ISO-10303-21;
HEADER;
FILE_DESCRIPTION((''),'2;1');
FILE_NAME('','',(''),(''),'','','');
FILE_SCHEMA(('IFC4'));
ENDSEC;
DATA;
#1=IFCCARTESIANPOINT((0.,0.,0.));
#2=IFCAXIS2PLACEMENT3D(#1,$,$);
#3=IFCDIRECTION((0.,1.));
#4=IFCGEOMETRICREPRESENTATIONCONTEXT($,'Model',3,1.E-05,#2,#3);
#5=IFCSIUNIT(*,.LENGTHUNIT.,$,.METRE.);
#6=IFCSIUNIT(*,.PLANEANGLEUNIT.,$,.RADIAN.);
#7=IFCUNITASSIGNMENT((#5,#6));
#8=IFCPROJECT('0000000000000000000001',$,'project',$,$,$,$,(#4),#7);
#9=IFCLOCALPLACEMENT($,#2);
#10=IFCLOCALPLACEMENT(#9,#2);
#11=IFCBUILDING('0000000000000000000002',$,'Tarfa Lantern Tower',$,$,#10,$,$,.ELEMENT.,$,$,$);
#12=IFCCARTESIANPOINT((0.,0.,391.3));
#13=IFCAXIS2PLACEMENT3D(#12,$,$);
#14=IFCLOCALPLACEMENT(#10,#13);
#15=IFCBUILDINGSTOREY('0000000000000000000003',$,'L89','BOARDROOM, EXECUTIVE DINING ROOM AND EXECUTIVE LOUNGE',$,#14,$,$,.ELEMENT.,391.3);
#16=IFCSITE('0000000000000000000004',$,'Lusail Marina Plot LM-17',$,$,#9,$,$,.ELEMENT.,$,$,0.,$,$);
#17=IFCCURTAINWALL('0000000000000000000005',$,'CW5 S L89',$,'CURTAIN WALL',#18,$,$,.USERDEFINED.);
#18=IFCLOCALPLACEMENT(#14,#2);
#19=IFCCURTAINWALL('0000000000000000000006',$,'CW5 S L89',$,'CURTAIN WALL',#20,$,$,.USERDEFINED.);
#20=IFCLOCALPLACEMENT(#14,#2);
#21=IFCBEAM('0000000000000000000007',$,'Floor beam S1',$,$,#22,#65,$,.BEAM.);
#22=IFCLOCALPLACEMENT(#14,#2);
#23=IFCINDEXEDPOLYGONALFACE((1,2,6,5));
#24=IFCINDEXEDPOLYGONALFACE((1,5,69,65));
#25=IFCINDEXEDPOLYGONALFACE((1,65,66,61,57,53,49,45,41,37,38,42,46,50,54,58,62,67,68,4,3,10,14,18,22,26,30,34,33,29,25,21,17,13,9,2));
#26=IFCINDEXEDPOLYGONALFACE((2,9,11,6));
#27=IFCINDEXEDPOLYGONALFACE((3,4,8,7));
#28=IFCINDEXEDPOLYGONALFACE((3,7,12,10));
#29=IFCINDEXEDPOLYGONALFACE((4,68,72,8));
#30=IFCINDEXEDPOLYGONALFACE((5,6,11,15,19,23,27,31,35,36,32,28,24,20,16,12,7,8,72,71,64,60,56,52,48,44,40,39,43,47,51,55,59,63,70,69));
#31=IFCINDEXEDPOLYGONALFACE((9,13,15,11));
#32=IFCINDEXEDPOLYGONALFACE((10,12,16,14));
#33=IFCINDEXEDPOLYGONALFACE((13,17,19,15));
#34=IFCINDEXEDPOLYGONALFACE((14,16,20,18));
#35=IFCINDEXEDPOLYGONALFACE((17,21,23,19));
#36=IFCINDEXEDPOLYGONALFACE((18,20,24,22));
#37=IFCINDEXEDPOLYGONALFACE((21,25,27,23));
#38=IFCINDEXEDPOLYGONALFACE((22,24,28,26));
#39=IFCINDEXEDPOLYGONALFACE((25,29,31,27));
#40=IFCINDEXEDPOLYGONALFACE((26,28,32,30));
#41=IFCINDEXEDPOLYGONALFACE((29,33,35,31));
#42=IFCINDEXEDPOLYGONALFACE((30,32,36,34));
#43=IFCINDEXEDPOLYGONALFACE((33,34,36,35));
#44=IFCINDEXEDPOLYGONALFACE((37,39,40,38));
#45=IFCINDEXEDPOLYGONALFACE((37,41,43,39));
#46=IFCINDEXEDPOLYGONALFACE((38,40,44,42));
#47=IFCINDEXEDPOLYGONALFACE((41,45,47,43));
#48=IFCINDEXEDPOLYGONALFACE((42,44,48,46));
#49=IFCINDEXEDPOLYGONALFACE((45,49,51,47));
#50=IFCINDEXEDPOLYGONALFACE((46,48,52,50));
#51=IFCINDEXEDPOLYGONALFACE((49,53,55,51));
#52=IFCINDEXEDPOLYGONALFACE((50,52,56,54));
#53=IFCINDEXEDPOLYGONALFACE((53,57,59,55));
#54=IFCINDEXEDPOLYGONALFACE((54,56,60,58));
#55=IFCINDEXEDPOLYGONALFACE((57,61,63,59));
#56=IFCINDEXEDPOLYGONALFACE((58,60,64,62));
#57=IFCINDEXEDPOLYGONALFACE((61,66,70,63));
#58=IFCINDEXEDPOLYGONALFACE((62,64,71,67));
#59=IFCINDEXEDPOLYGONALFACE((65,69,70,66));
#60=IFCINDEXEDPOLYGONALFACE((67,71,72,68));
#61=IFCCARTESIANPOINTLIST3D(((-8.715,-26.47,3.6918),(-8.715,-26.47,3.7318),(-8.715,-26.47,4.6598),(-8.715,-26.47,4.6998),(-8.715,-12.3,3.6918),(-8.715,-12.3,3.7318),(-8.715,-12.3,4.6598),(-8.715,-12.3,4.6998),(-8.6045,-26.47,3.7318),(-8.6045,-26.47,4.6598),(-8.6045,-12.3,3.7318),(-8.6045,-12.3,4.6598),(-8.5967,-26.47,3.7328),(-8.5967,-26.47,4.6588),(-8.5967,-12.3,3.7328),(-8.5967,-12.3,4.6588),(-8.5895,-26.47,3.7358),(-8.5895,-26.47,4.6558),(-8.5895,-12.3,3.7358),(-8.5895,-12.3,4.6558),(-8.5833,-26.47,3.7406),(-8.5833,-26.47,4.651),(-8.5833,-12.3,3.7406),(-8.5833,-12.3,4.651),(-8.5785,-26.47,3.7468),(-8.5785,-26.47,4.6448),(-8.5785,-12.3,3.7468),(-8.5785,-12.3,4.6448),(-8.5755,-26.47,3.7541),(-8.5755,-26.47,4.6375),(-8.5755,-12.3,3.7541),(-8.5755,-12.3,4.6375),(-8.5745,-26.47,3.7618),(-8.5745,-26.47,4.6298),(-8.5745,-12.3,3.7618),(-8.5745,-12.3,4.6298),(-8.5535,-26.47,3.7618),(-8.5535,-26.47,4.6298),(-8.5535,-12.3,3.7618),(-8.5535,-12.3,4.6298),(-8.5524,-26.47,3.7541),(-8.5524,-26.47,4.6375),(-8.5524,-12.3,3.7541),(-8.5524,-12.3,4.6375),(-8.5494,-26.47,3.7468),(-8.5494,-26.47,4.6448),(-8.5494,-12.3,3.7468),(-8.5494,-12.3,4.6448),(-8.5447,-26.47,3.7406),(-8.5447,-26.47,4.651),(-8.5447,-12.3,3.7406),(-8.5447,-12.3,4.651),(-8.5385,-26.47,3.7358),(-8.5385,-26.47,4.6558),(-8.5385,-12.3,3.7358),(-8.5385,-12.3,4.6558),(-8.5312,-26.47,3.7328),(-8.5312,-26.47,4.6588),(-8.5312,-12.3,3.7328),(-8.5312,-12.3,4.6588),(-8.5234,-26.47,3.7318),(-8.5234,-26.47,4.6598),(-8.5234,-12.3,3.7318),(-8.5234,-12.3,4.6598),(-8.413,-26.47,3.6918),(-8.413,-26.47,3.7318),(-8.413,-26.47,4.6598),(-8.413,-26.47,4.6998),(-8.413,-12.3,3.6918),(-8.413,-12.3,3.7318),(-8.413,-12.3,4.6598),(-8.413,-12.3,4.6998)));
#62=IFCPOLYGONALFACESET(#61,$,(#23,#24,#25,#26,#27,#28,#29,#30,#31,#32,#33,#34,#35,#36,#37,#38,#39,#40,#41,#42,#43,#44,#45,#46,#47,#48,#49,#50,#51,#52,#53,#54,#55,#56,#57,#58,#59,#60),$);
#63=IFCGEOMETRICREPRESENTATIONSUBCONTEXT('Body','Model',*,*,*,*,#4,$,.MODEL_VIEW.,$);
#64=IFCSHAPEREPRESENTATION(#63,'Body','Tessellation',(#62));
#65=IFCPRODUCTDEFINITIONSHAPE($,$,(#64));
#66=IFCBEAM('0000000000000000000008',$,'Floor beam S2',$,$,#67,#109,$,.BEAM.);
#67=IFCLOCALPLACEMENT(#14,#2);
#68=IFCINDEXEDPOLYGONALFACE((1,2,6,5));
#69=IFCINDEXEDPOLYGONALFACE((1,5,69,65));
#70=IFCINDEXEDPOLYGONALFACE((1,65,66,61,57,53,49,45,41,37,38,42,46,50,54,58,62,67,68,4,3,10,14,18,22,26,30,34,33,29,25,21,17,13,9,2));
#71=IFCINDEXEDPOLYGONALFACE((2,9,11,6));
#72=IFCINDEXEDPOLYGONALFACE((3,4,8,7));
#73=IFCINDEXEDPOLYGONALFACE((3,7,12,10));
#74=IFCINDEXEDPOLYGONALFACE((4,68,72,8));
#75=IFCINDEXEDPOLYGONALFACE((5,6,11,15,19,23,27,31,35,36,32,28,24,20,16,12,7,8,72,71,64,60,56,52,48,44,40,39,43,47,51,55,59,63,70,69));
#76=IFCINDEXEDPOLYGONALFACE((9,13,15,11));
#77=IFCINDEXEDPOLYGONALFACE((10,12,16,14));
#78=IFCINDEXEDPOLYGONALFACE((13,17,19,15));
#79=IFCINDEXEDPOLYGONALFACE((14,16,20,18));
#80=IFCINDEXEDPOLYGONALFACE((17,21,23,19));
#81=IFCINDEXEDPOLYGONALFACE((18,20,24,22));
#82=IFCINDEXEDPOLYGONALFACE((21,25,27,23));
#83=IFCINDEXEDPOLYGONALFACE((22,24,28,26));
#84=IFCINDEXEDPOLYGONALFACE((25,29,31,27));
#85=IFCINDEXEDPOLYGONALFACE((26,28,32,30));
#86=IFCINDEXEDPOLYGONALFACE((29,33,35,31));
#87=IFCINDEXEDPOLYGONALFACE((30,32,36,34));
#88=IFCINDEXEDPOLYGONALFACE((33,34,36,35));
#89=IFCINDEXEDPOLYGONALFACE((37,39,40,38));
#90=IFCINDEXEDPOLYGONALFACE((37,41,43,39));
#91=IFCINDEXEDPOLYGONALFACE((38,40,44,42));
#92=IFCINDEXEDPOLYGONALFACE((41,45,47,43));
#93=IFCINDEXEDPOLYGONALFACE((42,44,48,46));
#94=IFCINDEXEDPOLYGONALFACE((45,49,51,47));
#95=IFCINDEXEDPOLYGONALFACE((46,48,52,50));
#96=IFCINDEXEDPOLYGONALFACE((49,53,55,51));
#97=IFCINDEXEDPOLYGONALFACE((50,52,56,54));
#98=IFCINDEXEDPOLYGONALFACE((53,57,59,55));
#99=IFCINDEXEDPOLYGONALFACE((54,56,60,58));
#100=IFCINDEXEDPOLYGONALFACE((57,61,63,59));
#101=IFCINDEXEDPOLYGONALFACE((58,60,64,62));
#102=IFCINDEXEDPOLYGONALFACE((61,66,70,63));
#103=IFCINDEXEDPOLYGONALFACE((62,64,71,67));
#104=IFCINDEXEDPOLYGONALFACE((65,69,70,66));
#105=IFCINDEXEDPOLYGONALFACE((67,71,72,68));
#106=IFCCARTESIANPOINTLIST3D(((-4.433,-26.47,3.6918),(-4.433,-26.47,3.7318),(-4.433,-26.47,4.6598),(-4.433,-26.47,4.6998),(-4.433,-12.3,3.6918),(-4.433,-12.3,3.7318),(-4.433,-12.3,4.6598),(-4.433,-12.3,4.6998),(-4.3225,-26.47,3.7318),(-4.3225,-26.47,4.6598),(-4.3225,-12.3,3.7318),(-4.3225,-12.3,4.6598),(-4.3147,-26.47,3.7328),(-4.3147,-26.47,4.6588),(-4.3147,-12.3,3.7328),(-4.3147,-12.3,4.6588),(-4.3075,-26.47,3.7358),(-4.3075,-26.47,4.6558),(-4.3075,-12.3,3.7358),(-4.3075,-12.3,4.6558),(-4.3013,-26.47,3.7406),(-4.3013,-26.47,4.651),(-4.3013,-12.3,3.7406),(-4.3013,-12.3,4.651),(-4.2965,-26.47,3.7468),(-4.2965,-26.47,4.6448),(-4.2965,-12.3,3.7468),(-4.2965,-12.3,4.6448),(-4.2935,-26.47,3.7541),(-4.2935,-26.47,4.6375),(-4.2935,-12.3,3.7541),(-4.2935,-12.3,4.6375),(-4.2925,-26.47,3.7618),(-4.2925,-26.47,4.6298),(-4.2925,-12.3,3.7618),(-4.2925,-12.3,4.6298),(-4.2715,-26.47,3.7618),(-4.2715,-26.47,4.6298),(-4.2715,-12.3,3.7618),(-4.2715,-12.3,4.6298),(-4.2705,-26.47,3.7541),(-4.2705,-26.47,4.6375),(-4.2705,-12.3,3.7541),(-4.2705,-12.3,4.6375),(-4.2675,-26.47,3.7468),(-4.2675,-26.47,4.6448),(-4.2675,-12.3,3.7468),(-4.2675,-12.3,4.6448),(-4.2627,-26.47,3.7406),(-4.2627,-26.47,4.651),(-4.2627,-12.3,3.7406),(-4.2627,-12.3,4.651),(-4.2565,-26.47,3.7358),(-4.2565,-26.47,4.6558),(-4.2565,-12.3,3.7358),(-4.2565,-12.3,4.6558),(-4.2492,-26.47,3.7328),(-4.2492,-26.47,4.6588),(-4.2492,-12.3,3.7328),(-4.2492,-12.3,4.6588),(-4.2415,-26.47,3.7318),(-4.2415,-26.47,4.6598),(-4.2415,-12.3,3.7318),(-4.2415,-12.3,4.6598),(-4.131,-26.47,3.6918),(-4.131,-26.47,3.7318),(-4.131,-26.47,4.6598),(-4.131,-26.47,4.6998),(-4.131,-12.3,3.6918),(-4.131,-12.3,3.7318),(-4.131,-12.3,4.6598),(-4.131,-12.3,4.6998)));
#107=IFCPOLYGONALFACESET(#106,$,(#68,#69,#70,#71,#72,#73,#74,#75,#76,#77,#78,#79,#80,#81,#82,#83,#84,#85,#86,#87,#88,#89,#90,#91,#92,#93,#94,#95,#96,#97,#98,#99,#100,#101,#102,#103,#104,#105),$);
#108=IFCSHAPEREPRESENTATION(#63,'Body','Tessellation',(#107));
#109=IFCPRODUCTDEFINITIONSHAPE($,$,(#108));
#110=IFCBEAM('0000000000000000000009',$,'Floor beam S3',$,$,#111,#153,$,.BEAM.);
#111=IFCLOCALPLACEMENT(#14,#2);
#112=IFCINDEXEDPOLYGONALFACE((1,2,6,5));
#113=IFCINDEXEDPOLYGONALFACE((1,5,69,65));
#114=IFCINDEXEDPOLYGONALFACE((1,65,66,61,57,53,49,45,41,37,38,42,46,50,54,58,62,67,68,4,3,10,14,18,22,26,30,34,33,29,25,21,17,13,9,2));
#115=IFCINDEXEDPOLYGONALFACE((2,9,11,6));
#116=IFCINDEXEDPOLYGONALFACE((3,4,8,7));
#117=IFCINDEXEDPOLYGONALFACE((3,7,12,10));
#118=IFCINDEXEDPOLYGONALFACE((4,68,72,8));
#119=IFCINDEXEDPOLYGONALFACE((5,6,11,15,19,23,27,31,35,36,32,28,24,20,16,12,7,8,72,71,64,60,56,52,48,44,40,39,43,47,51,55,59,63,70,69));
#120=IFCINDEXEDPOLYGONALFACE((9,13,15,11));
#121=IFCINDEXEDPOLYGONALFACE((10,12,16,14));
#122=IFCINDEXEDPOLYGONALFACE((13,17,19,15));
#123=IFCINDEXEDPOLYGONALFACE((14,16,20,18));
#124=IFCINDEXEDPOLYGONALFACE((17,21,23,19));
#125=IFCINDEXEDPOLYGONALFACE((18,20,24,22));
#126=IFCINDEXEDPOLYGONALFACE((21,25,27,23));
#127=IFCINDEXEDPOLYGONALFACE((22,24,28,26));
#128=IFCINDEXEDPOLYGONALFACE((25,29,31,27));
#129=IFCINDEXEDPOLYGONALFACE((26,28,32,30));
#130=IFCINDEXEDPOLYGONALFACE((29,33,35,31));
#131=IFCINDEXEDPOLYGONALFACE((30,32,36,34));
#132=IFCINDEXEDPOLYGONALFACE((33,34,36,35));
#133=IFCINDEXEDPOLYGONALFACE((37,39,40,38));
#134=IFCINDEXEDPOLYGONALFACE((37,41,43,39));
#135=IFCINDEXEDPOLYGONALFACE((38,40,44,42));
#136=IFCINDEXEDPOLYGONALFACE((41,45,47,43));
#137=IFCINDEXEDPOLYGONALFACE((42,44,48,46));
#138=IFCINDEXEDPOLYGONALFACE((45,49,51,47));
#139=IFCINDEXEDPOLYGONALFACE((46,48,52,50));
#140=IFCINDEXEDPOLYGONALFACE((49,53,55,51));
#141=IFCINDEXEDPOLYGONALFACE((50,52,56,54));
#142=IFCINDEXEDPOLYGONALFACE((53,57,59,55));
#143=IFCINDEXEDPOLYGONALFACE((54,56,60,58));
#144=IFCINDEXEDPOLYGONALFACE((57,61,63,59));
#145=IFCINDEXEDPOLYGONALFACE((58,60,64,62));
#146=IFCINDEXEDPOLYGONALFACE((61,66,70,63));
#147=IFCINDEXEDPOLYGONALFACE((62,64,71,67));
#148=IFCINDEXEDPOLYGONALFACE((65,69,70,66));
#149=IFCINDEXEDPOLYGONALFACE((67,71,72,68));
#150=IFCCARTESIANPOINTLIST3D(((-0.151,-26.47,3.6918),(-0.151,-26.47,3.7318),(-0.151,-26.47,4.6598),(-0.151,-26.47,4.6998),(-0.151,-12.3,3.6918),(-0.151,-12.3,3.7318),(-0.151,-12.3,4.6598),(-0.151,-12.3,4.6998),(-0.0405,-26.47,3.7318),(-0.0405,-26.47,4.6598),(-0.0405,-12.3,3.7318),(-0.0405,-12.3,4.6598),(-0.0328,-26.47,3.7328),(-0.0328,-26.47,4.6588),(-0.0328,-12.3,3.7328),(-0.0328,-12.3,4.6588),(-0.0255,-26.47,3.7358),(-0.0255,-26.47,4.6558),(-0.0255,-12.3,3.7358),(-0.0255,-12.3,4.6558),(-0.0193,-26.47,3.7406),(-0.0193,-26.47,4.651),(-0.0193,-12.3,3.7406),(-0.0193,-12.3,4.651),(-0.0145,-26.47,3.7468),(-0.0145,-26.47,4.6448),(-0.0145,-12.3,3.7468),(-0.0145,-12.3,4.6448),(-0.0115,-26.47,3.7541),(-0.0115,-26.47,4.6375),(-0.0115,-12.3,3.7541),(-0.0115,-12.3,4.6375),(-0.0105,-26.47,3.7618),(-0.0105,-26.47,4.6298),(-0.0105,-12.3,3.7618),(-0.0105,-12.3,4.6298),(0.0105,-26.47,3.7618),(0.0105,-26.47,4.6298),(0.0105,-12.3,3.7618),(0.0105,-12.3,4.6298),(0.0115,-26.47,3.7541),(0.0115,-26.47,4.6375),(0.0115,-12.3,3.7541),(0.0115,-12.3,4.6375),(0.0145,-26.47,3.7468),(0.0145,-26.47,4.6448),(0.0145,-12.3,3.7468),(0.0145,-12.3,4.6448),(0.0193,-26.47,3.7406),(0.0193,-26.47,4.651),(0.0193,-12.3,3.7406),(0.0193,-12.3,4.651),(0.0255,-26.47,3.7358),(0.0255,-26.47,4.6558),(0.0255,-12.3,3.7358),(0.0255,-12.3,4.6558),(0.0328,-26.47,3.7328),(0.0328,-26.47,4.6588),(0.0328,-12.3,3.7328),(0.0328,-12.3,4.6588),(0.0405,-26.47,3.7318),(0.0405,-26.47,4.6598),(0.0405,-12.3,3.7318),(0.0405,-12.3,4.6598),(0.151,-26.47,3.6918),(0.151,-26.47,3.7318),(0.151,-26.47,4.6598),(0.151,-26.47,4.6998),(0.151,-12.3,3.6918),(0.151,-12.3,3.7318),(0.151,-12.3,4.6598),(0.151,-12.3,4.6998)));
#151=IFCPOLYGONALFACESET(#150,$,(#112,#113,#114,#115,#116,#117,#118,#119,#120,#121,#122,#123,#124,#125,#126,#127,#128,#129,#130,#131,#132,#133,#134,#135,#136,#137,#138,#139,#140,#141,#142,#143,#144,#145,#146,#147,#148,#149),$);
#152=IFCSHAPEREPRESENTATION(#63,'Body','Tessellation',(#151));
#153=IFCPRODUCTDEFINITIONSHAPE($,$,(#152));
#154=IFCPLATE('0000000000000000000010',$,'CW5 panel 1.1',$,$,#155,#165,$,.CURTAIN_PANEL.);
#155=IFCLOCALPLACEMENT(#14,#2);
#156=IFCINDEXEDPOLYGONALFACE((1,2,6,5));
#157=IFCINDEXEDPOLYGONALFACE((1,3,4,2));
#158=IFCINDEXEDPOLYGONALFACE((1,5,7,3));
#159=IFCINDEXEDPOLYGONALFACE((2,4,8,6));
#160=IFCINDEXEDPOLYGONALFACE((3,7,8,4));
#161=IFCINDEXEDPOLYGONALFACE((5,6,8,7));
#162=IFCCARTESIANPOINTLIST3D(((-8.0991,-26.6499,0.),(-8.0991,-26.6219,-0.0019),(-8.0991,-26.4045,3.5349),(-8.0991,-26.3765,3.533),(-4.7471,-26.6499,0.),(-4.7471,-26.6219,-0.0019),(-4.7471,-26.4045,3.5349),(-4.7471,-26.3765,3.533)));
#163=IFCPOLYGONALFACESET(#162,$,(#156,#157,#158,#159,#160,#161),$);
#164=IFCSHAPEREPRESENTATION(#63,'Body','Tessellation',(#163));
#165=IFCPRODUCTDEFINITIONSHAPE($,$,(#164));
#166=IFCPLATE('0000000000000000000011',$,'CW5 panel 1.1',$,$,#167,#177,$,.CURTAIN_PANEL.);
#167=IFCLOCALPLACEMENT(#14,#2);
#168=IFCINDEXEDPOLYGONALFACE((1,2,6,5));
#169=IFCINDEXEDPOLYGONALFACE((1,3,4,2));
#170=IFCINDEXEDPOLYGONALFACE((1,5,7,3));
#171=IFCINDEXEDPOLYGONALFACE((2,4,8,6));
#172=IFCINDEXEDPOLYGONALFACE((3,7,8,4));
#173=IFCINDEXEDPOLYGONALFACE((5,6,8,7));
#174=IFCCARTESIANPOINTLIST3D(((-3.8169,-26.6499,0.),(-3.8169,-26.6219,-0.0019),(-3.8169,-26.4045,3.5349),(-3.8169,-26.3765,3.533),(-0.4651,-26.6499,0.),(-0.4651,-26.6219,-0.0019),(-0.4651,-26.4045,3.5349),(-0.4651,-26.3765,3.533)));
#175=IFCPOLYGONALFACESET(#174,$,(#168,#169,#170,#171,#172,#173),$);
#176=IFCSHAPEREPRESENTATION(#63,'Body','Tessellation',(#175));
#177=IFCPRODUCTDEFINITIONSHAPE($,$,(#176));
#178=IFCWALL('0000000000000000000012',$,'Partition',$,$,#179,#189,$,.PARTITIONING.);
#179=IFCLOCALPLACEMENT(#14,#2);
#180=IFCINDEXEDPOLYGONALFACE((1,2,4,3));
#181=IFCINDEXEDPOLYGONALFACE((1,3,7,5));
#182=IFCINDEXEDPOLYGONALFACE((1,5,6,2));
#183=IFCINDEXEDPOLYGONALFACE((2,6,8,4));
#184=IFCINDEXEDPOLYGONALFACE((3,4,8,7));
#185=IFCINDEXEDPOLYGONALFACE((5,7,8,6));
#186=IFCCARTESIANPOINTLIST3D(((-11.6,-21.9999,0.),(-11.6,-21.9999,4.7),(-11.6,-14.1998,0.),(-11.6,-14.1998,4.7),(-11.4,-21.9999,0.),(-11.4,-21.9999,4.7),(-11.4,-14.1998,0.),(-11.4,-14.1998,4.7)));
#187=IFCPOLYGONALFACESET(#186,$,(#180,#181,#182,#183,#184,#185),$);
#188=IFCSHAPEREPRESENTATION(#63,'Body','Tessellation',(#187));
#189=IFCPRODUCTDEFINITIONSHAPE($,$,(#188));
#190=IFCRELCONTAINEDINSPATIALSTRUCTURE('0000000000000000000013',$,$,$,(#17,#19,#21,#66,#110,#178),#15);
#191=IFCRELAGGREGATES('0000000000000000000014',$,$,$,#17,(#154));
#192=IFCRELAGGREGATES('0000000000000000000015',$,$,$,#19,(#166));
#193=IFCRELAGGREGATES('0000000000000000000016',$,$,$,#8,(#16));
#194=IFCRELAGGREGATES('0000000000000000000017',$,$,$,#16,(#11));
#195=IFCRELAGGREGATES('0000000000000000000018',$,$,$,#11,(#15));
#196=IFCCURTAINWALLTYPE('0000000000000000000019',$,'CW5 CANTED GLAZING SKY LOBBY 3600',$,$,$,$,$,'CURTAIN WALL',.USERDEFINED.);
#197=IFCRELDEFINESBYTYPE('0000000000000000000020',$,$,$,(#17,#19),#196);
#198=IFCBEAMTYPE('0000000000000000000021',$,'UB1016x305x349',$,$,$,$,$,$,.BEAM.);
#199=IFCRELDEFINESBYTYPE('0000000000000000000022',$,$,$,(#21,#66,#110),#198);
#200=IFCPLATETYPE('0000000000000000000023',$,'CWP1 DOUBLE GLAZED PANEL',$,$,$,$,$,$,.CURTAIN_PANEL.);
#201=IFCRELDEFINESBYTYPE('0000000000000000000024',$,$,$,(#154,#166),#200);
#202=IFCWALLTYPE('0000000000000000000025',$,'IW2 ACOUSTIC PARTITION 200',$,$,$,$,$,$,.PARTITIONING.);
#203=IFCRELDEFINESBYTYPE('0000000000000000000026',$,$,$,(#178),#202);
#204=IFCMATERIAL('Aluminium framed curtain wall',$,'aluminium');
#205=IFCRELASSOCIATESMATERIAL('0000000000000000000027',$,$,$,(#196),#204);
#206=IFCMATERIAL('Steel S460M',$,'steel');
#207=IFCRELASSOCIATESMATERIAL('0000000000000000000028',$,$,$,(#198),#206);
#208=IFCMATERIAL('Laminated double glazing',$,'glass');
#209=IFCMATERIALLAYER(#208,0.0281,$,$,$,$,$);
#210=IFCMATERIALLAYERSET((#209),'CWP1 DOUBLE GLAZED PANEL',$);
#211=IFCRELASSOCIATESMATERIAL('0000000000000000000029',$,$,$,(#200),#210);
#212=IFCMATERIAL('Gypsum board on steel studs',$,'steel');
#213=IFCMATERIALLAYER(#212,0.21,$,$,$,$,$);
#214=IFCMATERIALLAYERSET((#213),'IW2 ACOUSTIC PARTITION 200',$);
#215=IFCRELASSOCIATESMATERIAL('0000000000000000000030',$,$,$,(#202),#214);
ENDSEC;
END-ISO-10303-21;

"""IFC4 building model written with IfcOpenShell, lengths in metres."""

from ifc_helpers import new_model, si_unit, direction, frame, frame_2d, origin, origin_2d, place, context, subcontext, project, spatial, polyline, rectangle, i_section, outline, extrude, material, layer, layer_set, material_profile, profile_set, type_object, element, aggregate, save


model = new_model("IFC4")

# Units and contexts
model_context = context("Model", 3, precision=1e-05, world=origin(), true_north=direction((0.0, 1.0)))
body_context = subcontext(model_context, "Body", "Model", "MODEL_VIEW")
ifc_project = project(units=[si_unit("LENGTHUNIT", "METRE"), si_unit("PLANEANGLEUNIT", "RADIAN")], contexts=[model_context])

# Site, building, storey
site_placement = place(None, origin())
site = spatial("IfcSite", under=ifc_project, at=site_placement, Name="Lusail Marina Plot LM-17", CompositionType="ELEMENT", RefElevation=0.0)
building_placement = place(site_placement, origin())
building = spatial("IfcBuilding", under=site, at=building_placement, Name="Tarfa Lantern Tower", CompositionType="ELEMENT")
storey_placement = place(building_placement, frame((0.0, 0.0, 391.3)))
storey = spatial("IfcBuildingStorey", under=building, at=storey_placement, Name="L89", Description="BOARDROOM, EXECUTIVE DINING ROOM AND EXECUTIVE LOUNGE", CompositionType="ELEMENT", Elevation=391.3)

# Shared definitions
ifc_material_1 = material(Name="Aluminium framed curtain wall", Category="aluminium")
curtain_wall_type = type_object("IfcCurtainWallType", Name="CW5 CANTED GLAZING SKY LOBBY 3600", ElementType="CURTAIN WALL", PredefinedType="USERDEFINED", material=ifc_material_1)

# Curtain walls
curtain_wall_1_placement = place(storey_placement, origin())
curtain_wall_1 = element("IfcCurtainWall", 1, at=curtain_wall_1_placement, inside=storey, type_object=curtain_wall_type, Name="CW5 S L89", ObjectType="CURTAIN WALL", PredefinedType="USERDEFINED")
curtain_wall_2_placement = place(storey_placement, origin())
curtain_wall_2 = element("IfcCurtainWall", 2, at=curtain_wall_2_placement, inside=storey, type_object=curtain_wall_type, Name="CW5 S L89", ObjectType="CURTAIN WALL", PredefinedType="USERDEFINED")

# Beams
ifc_material_2 = material(Name="Steel S460M", Category="steel")
ifc_material_profile_1 = material_profile(ifc_material_2, i_section(OverallWidth=0.302, OverallDepth=1.0081, WebThickness=0.021, FlangeThickness=0.04, FilletRadius=0.03, at=origin_2d()), Name="UB1016x305x349")
ifc_profile_set_1 = profile_set([ifc_material_profile_1], Name="Steel S460M")
beam_type_1 = type_object("IfcBeamType", Name="UB1016x305x349", PredefinedType="BEAM", material=ifc_profile_set_1)
for number, where, z_axis, x_axis, name in (
    (3, (-8.564, -26.47, 4.1958), (0.0, 1.0, 0.0), (-1.0, 0.0, 0.0), "Floor beam S1"),
    (4, (-4.282, -26.47, 4.1958), (0.0, 1.0, 0.0), (-1.0, 0.0, 0.0), "Floor beam S2"),
    (5, (0.0, -26.47, 4.1958), (0.0, 1.0, 0.0), (-1.0, 0.0, 0.0), "Floor beam S3"),
):
    element("IfcBeam", number, at=place(storey_placement, frame(where, z_axis=z_axis, x_axis=x_axis)), inside=storey, type_object=beam_type_1, Name=name, PredefinedType="BEAM", context=body_context, shape_type="SweptSolid", body=[
        extrude(i_section(OverallWidth=0.302, OverallDepth=1.0081, WebThickness=0.021, FlangeThickness=0.04, FilletRadius=0.03, at=origin_2d()), origin(), (0.0, 0.0, 1.0), 14.1699),
    ])

# Plates
ifc_material_3 = material(Name="Laminated double glazing", Category="glass")
ifc_layer_1 = layer(ifc_material_3, 0.0281)
ifc_layer_set_1 = layer_set([ifc_layer_1], Name="CWP1 DOUBLE GLAZED PANEL")
plate_type = type_object("IfcPlateType", Name="CWP1 DOUBLE GLAZED PANEL", PredefinedType="CURTAIN_PANEL", material=ifc_layer_set_1)
plate_1_placement = place(storey_placement, frame((-8.0991, -26.6499, 0.0), z_axis=(0.0, -0.9976, 0.069244), x_axis=(1.0, 0.0, 0.0)))
plate_1 = element("IfcPlate", 6, at=plate_1_placement, type_object=plate_type, Name="CW5 panel 1.1", PredefinedType="CURTAIN_PANEL", context=body_context, shape_type="SweptSolid", body=[
    extrude(outline(polyline([(0.0, 0.0), (3.3521, 0.0), (3.3521, 3.5434), (0.0, 3.5434), (0.0, 0.0)])), origin(), (0.0, 0.0, -1.0), 0.0281),
])
aggregate(curtain_wall_1, [plate_1])
plate_2_placement = place(storey_placement, frame((-3.8169, -26.6499, 0.0), z_axis=(0.0, -0.9976, 0.069244), x_axis=(1.0, 0.0, 0.0)))
plate_2 = element("IfcPlate", 7, at=plate_2_placement, type_object=plate_type, Name="CW5 panel 1.1", PredefinedType="CURTAIN_PANEL", context=body_context, shape_type="SweptSolid", body=[
    extrude(outline(polyline([(0.0, 0.0), (3.3518, 0.0), (3.3518, 3.5434), (0.0, 3.5434), (0.0, 0.0)])), origin(), (0.0, 0.0, -1.0), 0.0281),
])
aggregate(curtain_wall_2, [plate_2])

# Wall
ifc_material_4 = material(Name="Gypsum board on steel studs", Category="steel")
ifc_layer_2 = layer(ifc_material_4, 0.21)
ifc_layer_set_2 = layer_set([ifc_layer_2], Name="IW2 ACOUSTIC PARTITION 200")
wall_type = type_object("IfcWallType", Name="IW2 ACOUSTIC PARTITION 200", PredefinedType="PARTITIONING", material=ifc_layer_set_2)
wall_placement = place(storey_placement, frame((-11.5, -14.2, 0.0), z_axis=(0.0, 0.0, 1.0), x_axis=(0.0, -1.0, 0.0)))
element("IfcWall", 8, at=wall_placement, inside=storey, type_object=wall_type, Name="Partition", PredefinedType="PARTITIONING", context=body_context, shape_type="SweptSolid", body=[
    extrude(rectangle(XDim=7.8, YDim=0.2, at=frame_2d((3.8999, 0.0))), origin(), (0.0, 0.0, 1.0), 4.7),
])

save(model, "model.ifc")
